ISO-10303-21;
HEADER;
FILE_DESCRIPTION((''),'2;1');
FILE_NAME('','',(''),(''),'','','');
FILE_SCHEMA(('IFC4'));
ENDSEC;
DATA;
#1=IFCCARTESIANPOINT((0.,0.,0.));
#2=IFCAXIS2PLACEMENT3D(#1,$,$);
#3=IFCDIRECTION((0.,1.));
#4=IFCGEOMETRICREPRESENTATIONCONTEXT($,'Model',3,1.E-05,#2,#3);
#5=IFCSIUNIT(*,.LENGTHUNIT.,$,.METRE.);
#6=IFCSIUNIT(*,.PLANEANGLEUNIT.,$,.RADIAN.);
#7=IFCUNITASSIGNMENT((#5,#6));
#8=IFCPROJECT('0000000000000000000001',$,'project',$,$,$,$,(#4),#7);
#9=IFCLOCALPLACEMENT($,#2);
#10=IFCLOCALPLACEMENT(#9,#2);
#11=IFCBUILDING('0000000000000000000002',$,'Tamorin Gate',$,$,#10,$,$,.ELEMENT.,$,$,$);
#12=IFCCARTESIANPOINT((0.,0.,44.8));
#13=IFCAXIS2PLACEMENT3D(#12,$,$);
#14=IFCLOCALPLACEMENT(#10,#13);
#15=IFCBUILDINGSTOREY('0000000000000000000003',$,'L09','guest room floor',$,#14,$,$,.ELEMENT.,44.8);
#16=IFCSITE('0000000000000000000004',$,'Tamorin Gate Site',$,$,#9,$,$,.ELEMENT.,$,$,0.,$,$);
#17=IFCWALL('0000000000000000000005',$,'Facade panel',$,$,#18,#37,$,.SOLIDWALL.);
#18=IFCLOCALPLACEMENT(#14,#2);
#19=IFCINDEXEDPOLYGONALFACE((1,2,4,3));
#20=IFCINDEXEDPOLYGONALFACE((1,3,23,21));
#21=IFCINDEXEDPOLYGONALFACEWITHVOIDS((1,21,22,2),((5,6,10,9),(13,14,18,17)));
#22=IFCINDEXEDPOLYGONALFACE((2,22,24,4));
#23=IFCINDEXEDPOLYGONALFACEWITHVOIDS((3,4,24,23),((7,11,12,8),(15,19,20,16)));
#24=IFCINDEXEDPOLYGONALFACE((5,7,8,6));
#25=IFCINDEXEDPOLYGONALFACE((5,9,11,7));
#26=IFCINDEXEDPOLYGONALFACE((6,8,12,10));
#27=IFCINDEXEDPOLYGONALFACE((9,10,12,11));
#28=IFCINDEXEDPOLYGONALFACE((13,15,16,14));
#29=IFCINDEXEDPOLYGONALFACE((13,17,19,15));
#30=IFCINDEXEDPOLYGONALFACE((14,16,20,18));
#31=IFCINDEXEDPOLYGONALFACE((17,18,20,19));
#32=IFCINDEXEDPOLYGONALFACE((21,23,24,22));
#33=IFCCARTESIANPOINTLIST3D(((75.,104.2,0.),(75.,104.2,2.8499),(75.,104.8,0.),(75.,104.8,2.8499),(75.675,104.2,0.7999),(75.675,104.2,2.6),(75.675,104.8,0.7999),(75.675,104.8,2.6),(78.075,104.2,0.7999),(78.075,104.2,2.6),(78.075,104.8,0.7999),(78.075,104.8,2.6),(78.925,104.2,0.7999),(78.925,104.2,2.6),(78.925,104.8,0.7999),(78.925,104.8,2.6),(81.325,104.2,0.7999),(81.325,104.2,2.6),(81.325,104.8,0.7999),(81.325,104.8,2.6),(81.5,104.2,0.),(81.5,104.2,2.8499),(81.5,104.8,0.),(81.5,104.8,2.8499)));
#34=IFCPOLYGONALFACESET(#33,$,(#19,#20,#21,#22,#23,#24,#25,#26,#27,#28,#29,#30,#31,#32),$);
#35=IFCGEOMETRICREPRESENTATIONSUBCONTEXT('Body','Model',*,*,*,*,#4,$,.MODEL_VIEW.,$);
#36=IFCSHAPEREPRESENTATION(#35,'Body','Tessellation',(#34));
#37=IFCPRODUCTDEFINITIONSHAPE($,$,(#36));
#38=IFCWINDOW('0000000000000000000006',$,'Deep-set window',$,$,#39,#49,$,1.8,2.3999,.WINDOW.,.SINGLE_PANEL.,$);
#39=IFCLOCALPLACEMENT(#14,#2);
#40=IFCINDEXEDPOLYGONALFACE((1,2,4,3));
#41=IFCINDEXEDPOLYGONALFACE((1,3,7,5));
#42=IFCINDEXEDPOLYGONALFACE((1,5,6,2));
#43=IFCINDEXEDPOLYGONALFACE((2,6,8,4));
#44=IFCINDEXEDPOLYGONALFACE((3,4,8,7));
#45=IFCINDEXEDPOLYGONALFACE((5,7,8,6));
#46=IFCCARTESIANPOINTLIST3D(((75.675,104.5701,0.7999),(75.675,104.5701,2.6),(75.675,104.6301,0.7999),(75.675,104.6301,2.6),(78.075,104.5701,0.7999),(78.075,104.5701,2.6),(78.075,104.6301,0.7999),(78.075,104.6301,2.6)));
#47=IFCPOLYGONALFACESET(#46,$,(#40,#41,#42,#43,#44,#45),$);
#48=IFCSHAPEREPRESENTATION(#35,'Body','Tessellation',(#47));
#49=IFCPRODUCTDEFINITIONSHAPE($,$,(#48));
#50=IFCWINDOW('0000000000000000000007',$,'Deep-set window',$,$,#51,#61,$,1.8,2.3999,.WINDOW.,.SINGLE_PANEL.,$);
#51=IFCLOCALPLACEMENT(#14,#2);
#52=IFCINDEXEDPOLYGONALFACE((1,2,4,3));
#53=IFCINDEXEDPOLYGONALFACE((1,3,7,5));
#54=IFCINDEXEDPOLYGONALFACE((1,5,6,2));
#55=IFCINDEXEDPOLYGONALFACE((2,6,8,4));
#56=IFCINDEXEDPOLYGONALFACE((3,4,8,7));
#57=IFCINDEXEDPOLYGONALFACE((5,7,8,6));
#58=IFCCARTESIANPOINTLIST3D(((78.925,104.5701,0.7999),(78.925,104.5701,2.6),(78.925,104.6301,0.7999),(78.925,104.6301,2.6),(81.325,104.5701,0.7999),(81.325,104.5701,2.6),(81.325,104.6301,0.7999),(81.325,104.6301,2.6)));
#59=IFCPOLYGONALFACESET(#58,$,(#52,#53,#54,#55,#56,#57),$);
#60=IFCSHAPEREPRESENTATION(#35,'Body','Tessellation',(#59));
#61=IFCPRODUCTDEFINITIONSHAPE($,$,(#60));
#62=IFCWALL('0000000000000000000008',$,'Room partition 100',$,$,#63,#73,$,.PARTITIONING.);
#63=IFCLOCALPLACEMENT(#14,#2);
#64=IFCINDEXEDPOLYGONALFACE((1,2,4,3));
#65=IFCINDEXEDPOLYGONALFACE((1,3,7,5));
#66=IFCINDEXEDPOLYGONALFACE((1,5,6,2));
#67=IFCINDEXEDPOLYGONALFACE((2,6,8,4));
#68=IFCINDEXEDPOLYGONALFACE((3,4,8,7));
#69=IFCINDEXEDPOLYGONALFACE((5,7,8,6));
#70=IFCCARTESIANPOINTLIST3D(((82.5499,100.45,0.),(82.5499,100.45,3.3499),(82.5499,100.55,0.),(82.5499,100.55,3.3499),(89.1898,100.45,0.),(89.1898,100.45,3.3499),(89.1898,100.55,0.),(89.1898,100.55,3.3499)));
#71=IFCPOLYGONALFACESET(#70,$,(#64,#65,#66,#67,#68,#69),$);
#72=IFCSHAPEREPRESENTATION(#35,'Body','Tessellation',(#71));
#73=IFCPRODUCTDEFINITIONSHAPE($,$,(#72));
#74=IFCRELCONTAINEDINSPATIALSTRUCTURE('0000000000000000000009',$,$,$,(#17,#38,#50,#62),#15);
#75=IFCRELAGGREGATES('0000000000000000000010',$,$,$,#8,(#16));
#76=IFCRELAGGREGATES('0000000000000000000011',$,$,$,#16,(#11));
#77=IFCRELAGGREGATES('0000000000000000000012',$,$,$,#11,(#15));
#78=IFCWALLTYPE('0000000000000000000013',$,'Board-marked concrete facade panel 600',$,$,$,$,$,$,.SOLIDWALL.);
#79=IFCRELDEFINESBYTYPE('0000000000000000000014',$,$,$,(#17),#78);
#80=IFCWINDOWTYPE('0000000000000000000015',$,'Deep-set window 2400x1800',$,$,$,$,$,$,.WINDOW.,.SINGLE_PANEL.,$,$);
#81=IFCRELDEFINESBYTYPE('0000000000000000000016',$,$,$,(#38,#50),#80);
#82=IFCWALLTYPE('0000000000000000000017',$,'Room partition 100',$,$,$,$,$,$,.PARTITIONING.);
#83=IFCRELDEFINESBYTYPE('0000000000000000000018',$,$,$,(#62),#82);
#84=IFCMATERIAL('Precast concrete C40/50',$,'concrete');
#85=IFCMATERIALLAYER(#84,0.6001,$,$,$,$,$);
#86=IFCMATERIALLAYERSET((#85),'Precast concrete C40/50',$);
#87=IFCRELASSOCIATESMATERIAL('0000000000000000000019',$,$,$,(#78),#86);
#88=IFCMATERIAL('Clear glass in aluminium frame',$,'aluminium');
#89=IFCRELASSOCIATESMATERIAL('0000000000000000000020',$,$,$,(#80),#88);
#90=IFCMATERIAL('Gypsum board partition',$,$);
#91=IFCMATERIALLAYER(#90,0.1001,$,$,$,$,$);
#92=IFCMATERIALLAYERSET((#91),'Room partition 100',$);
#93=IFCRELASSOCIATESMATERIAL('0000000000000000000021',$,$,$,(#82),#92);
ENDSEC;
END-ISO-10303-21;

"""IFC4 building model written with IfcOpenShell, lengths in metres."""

from ifc_helpers import new_model, si_unit, direction, frame, frame_2d, origin, place, context, subcontext, project, spatial, rectangle, extrude, material, layer, layer_set, type_object, element, fill, save


model = new_model("IFC4")

# Units and contexts
model_context = context("Model", 3, precision=1e-05, world=origin(), true_north=direction((0.0, 1.0)))
body_context = subcontext(model_context, "Body", "Model", "MODEL_VIEW")
ifc_project = project(units=[si_unit("LENGTHUNIT", "METRE"), si_unit("PLANEANGLEUNIT", "RADIAN")], contexts=[model_context])

# Site, building, storey
site_placement = place(None, origin())
site = spatial("IfcSite", under=ifc_project, at=site_placement, Name="Tamorin Gate Site", CompositionType="ELEMENT", RefElevation=0.0)
building_placement = place(site_placement, origin())
building = spatial("IfcBuilding", under=site, at=building_placement, Name="Tamorin Gate", CompositionType="ELEMENT")
storey_placement = place(building_placement, frame((0.0, 0.0, 44.8)))
storey = spatial("IfcBuildingStorey", under=building, at=storey_placement, Name="L09", Description="guest room floor", CompositionType="ELEMENT", Elevation=44.8)

# Shared definitions
ifc_material_1 = material(Name="Precast concrete C40/50", Category="concrete")
ifc_layer_1 = layer(ifc_material_1, 0.6001)
ifc_layer_set_1 = layer_set([ifc_layer_1], Name="Precast concrete C40/50")
wall_type_1 = type_object("IfcWallType", Name="Board-marked concrete facade panel 600", PredefinedType="SOLIDWALL", material=ifc_layer_set_1)
ifc_material_2 = material(Name="Clear glass in aluminium frame", Category="aluminium")
window_type = type_object("IfcWindowType", Name="Deep-set window 2400x1800", PartitioningType="SINGLE_PANEL", PredefinedType="WINDOW", material=ifc_material_2)

# Wall, openings, windows
wall_1_placement = place(storey_placement, frame((81.5, 104.5, 0.0), z_axis=(0.0, 0.0, 1.0), x_axis=(-1.0, 0.0, 0.0)))
wall_1 = element("IfcWall", 1, at=wall_1_placement, inside=storey, type_object=wall_type_1, Name="Facade panel", PredefinedType="SOLIDWALL", context=body_context, shape_type="SweptSolid", body=[
    extrude(rectangle(XDim=6.5, YDim=0.6001, at=frame_2d((3.25, 0.0))), origin(), (0.0, 0.0, 1.0), 2.8499),
])
opening_1_placement = place(wall_1_placement, frame((3.425, 0.0, 0.8)))
opening_1 = element("IfcOpeningElement", 2, at=opening_1_placement, cuts=wall_1, PredefinedType="OPENING", context=body_context, shape_type="SweptSolid", body=[
    extrude(rectangle(XDim=2.3999, YDim=1.8, at=frame_2d((1.2, 0.8999))), frame((0.0, 0.3101, 0.0), z_axis=(0.0, -1.0, 0.0), x_axis=(1.0, 0.0, 0.0)), (0.0, 0.0, 1.0), 0.6201),
])
opening_2_placement = place(wall_1_placement, frame((0.175, 0.0, 0.8)))
opening_2 = element("IfcOpeningElement", 3, at=opening_2_placement, cuts=wall_1, PredefinedType="OPENING", context=body_context, shape_type="SweptSolid", body=[
    extrude(rectangle(XDim=2.3999, YDim=1.8, at=frame_2d((1.2, 0.8999))), frame((0.0, 0.3101, 0.0), z_axis=(0.0, -1.0, 0.0), x_axis=(1.0, 0.0, 0.0)), (0.0, 0.0, 1.0), 0.6201),
])
window_1_placement = place(opening_1_placement, origin())
window_1 = element("IfcWindow", 4, at=window_1_placement, inside=storey, type_object=window_type, Name="Deep-set window", OverallHeight=1.8, OverallWidth=2.3999, PartitioningType="SINGLE_PANEL", PredefinedType="WINDOW", context=body_context, shape_type="SweptSolid", body=[
    extrude(rectangle(XDim=2.3999, YDim=1.8, at=frame_2d((1.2, 0.8999))), frame((0.0, -0.0701, 0.0), z_axis=(0.0, -1.0, 0.0), x_axis=(1.0, 0.0, 0.0)), (0.0, 0.0, 1.0), 0.0601),
])
fill(opening_1, window_1)
window_2_placement = place(opening_2_placement, origin())
window_2 = element("IfcWindow", 5, at=window_2_placement, inside=storey, type_object=window_type, Name="Deep-set window", OverallHeight=1.8, OverallWidth=2.3999, PartitioningType="SINGLE_PANEL", PredefinedType="WINDOW", context=body_context, shape_type="SweptSolid", body=[
    extrude(rectangle(XDim=2.3999, YDim=1.8, at=frame_2d((1.2, 0.8999))), frame((0.0, -0.0701, 0.0), z_axis=(0.0, -1.0, 0.0), x_axis=(1.0, 0.0, 0.0)), (0.0, 0.0, 1.0), 0.0601),
])
fill(opening_2, window_2)

# Wall
ifc_material_3 = material(Name="Gypsum board partition")
ifc_layer_2 = layer(ifc_material_3, 0.1001)
ifc_layer_set_2 = layer_set([ifc_layer_2], Name="Room partition 100")
wall_type_2 = type_object("IfcWallType", Name="Room partition 100", PredefinedType="PARTITIONING", material=ifc_layer_set_2)
wall_2_placement = place(storey_placement, frame((82.55, 100.5, 0.0), z_axis=(0.0, 0.0, 1.0), x_axis=(1.0, 0.0, 0.0)))
element("IfcWall", 6, at=wall_2_placement, inside=storey, type_object=wall_type_2, Name="Room partition 100", PredefinedType="PARTITIONING", context=body_context, shape_type="SweptSolid", body=[
    extrude(rectangle(XDim=6.6399, YDim=0.1001, at=frame_2d((3.3198, 0.0))), origin(), (0.0, 0.0, 1.0), 3.3499),
])

save(model, "model.ifc")
